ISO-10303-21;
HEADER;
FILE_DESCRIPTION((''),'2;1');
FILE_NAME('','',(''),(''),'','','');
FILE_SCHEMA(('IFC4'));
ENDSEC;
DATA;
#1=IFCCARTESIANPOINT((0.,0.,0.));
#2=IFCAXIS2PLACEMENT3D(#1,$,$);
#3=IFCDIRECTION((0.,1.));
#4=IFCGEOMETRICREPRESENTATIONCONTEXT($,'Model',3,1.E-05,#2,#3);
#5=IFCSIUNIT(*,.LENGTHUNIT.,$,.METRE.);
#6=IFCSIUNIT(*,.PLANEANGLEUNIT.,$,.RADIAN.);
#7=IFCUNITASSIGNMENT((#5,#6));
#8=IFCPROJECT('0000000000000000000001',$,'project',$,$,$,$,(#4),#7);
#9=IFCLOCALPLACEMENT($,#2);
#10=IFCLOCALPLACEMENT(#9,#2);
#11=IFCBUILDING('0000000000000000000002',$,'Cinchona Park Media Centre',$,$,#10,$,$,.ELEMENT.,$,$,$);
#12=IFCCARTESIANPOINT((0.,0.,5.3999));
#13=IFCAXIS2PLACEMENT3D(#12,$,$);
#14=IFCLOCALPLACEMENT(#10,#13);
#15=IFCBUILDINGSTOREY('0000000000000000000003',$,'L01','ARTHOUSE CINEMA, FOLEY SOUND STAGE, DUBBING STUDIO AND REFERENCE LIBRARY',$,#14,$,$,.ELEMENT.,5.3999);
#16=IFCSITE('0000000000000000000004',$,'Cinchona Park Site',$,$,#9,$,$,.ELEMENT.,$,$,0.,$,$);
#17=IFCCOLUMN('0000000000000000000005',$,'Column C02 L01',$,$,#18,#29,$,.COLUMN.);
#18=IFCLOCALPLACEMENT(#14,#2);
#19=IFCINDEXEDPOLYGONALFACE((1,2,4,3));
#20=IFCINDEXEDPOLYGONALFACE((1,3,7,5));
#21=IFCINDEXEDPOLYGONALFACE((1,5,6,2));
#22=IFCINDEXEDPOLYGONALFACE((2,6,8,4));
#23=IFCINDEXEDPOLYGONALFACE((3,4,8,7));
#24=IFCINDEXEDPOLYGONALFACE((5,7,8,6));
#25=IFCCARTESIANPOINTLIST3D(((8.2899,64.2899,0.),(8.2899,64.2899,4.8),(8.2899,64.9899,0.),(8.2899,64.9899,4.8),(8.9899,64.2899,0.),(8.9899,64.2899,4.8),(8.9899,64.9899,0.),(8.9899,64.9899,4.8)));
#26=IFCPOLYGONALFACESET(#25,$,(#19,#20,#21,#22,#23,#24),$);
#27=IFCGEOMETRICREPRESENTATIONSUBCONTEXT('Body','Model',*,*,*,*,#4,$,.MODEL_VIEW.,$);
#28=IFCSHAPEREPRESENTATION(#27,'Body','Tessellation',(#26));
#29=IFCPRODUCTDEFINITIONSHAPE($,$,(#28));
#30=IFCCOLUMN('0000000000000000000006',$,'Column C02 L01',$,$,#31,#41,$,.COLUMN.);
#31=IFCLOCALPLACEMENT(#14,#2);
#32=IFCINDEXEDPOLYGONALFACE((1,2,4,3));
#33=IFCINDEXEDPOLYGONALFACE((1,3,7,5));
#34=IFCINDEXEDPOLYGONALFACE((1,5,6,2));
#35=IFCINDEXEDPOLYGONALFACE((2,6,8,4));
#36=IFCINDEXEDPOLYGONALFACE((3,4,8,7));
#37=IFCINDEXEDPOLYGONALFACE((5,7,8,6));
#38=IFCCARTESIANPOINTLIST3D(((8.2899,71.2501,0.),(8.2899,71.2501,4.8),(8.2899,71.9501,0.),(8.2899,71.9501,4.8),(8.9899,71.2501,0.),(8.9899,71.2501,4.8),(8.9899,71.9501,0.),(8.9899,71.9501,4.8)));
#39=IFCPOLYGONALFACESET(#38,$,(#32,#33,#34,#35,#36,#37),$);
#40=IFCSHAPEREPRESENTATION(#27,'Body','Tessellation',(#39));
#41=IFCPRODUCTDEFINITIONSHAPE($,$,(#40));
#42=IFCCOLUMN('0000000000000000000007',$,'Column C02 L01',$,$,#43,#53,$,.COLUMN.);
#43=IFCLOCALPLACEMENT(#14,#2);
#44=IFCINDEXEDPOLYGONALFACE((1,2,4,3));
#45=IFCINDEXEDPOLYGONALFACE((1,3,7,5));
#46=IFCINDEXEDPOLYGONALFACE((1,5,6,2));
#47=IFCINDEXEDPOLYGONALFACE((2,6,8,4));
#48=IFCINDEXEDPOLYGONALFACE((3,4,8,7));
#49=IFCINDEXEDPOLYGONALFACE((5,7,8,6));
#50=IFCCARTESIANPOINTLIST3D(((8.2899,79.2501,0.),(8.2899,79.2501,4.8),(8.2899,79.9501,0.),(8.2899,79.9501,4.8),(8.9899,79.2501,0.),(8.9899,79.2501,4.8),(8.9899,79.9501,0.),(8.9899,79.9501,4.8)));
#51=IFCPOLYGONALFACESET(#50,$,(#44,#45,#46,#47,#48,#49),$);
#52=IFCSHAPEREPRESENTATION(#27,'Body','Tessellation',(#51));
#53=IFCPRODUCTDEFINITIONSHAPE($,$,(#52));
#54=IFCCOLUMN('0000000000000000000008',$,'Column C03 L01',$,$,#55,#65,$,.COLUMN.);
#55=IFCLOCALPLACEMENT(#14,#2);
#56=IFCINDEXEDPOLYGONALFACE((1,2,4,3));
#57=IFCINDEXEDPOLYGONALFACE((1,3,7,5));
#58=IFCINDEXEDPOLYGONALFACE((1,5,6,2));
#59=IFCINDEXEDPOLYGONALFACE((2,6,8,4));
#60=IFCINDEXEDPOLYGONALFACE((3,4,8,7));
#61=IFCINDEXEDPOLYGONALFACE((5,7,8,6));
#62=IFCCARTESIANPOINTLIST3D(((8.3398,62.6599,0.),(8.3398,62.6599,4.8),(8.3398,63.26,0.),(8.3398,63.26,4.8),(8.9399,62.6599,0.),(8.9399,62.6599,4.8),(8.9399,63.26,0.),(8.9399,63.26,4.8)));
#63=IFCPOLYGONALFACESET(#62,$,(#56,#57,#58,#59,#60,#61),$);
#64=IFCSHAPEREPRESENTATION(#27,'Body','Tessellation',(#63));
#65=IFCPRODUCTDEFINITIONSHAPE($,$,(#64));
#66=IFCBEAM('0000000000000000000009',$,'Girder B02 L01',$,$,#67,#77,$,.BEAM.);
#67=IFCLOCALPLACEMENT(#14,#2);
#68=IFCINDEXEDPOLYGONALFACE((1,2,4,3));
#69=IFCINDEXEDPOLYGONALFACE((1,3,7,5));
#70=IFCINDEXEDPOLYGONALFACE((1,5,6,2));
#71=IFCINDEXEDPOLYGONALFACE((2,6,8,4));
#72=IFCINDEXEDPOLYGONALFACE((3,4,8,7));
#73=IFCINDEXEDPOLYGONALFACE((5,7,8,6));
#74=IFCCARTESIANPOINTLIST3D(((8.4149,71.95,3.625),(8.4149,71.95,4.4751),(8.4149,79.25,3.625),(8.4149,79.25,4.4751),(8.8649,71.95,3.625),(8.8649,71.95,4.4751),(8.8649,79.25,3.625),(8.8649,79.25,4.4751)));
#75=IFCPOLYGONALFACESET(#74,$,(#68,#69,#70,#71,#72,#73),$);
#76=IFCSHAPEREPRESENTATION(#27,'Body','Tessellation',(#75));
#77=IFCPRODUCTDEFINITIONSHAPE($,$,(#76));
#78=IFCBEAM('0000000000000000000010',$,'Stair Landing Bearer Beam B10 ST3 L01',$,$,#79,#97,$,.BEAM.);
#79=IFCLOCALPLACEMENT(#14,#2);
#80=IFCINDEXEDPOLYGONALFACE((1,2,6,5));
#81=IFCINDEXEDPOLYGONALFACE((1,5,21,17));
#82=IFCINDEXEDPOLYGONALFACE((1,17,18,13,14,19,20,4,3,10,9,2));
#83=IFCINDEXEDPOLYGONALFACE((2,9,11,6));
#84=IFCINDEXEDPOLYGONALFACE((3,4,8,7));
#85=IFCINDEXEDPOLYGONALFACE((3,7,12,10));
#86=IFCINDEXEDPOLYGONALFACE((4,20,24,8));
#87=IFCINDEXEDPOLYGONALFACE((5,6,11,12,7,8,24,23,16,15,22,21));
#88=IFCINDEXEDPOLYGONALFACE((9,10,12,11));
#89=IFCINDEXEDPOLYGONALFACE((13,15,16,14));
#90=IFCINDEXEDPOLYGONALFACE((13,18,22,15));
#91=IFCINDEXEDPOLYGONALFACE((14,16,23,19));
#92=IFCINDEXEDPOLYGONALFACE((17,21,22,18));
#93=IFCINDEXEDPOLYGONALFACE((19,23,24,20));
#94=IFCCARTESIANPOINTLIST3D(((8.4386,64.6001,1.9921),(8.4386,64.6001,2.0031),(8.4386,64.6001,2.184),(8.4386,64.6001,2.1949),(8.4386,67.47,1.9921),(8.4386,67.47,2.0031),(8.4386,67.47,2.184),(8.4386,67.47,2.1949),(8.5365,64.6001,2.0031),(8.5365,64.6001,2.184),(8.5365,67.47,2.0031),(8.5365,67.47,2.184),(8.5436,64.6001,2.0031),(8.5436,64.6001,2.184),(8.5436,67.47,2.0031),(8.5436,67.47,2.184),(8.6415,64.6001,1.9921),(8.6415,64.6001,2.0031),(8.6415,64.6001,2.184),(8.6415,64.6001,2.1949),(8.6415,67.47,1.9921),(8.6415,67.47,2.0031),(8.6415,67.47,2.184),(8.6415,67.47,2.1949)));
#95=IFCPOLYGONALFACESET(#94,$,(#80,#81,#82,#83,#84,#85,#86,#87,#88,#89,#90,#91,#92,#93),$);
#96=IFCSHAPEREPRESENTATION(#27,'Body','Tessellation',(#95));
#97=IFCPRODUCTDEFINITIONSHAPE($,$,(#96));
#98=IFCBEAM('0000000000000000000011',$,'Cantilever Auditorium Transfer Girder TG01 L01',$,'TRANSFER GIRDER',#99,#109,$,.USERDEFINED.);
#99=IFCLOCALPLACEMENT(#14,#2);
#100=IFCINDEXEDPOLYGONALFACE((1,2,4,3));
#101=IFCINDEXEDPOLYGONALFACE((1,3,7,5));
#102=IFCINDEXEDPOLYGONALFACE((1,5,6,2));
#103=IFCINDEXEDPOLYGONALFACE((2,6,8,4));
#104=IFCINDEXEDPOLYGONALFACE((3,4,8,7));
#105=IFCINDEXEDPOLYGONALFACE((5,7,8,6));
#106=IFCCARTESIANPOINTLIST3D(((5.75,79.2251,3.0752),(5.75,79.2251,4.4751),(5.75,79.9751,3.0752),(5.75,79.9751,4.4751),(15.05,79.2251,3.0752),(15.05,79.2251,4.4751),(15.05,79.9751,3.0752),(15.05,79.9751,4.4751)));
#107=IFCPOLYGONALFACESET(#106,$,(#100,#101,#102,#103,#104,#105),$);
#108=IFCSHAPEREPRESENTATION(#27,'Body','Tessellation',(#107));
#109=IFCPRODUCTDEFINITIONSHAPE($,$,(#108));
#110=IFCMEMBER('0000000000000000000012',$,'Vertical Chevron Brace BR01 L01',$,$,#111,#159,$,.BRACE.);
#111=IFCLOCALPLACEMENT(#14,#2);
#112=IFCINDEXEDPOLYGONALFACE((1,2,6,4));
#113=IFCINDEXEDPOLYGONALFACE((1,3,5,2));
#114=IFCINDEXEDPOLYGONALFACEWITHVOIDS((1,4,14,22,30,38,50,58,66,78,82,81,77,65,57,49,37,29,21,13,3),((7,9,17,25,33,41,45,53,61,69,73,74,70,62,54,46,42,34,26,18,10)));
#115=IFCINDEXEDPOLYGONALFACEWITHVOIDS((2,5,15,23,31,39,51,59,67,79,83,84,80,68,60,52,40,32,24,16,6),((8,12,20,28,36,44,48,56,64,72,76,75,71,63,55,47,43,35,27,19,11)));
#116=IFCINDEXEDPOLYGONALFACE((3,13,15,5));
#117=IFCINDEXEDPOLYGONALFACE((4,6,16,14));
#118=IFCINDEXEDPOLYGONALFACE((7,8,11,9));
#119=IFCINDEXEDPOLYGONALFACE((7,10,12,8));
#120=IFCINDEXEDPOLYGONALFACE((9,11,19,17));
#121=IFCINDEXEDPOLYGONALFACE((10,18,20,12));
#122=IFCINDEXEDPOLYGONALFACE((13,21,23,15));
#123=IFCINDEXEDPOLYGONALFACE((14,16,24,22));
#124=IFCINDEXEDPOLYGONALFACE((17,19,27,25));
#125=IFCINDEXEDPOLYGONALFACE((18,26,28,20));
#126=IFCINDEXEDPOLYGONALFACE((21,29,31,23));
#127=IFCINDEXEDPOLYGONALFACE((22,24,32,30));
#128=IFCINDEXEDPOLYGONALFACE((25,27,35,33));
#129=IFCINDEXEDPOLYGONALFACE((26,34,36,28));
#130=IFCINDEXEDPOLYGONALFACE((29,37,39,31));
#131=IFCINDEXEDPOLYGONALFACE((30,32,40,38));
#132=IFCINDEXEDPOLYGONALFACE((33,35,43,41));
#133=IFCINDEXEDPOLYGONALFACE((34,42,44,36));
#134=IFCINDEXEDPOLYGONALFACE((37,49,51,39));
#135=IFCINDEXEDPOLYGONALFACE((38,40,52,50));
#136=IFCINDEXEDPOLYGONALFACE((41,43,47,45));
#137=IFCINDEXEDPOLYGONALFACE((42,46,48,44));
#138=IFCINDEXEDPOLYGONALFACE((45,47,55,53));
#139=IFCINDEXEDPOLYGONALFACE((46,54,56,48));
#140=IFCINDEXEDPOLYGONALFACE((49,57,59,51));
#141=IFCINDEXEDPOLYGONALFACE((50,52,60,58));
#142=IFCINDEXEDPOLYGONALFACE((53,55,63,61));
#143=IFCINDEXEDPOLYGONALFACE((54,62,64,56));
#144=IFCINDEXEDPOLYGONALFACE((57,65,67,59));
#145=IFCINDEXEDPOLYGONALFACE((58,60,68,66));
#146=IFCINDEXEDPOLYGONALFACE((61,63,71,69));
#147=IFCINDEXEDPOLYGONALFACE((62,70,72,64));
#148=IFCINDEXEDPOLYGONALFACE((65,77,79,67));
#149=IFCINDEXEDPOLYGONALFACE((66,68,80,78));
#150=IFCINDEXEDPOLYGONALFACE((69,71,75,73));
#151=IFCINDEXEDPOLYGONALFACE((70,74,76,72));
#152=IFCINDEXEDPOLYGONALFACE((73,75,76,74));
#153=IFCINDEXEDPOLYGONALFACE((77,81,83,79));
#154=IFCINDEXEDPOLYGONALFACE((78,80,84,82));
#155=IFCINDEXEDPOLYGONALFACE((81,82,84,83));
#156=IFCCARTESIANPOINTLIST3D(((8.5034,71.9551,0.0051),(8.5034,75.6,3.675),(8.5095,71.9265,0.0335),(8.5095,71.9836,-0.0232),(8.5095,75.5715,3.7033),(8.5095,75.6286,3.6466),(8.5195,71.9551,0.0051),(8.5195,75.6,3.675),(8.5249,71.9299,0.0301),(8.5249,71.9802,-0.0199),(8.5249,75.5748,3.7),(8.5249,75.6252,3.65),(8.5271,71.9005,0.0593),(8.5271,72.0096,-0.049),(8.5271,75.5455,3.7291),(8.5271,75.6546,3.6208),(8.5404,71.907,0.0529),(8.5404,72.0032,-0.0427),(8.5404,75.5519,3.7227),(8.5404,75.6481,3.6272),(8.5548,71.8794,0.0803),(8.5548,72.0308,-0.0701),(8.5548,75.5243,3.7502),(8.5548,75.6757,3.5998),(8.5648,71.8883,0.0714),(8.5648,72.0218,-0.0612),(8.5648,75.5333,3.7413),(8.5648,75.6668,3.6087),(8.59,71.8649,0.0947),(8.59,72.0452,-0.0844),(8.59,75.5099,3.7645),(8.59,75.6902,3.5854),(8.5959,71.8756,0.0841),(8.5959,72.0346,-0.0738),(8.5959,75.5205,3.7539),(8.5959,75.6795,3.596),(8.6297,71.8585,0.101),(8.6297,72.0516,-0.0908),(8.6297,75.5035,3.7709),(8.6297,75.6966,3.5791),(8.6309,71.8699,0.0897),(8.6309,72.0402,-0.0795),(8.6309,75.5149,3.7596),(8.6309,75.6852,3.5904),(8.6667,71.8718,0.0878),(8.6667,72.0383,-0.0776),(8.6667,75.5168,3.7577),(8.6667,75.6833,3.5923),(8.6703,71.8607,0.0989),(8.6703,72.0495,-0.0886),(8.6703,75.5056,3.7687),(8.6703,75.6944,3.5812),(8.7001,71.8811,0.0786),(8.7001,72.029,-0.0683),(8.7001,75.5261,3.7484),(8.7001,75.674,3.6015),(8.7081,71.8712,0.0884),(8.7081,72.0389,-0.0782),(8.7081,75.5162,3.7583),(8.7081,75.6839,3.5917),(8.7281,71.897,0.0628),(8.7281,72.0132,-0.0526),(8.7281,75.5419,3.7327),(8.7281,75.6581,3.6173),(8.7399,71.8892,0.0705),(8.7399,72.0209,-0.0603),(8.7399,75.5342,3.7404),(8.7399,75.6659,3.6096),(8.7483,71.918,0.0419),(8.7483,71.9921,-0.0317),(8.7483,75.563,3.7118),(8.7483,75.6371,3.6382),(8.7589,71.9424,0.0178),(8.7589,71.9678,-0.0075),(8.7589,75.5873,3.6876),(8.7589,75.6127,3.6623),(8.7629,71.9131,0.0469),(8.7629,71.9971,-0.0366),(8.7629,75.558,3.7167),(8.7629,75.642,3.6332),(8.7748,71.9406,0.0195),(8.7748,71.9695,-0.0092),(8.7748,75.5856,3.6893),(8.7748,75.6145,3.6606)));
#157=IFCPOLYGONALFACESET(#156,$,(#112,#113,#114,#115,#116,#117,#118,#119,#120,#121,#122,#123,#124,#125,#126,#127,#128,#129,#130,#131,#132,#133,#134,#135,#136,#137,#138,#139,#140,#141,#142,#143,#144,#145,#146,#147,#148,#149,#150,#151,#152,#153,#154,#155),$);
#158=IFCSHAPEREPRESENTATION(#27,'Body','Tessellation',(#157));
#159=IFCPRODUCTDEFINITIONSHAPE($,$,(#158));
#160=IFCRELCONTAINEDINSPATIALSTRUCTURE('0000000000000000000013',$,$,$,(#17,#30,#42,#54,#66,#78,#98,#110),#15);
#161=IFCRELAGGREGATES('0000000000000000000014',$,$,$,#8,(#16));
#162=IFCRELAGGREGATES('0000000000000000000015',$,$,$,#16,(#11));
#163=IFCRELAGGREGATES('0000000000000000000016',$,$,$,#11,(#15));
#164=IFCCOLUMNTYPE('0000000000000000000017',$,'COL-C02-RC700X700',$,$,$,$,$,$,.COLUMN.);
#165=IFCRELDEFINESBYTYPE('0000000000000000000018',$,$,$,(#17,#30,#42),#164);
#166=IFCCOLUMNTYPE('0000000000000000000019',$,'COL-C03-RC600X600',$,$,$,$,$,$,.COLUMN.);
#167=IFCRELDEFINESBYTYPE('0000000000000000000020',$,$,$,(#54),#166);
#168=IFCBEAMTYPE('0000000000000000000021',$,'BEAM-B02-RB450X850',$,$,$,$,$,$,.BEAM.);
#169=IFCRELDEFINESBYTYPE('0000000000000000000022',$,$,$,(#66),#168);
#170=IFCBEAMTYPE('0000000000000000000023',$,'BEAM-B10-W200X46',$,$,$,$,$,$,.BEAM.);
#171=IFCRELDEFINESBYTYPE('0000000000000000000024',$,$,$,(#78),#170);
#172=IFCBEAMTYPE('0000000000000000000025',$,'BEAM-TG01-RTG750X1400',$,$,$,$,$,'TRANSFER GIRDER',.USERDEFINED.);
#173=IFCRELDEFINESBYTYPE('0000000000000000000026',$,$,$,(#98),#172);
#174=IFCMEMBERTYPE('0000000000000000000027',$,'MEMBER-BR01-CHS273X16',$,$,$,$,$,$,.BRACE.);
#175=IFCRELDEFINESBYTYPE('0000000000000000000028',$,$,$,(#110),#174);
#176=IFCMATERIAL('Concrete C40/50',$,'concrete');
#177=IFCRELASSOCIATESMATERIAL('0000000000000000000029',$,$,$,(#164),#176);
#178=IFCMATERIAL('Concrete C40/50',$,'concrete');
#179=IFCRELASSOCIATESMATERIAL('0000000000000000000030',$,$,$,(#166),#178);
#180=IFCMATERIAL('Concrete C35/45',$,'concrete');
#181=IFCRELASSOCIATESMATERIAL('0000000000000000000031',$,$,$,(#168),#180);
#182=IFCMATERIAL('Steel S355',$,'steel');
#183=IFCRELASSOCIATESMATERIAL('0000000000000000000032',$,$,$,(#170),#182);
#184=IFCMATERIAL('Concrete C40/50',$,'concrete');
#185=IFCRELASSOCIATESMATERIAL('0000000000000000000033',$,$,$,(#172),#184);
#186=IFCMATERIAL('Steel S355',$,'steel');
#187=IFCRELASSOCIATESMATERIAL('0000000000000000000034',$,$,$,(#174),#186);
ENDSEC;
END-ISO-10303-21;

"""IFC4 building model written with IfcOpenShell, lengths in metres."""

from ifc_helpers import new_model, si_unit, direction, frame, origin, origin_2d, place, context, subcontext, project, spatial, rectangle, hollow_circle, i_section, extrude, material, material_profile, profile_set, type_object, element, save


model = new_model("IFC4")

# Units and contexts
model_context = context("Model", 3, precision=1e-05, world=origin(), true_north=direction((0.0, 1.0)))
body_context = subcontext(model_context, "Body", "Model", "MODEL_VIEW")
ifc_project = project(units=[si_unit("LENGTHUNIT", "METRE"), si_unit("PLANEANGLEUNIT", "RADIAN")], contexts=[model_context])

# Site, building, storey
site_placement = place(None, origin())
site = spatial("IfcSite", under=ifc_project, at=site_placement, Name="Cinchona Park Site", CompositionType="ELEMENT", RefElevation=0.0)
building_placement = place(site_placement, origin())
building = spatial("IfcBuilding", under=site, at=building_placement, Name="Cinchona Park Media Centre", CompositionType="ELEMENT")
storey_placement = place(building_placement, frame((0.0, 0.0, 5.3999)))
storey = spatial("IfcBuildingStorey", under=building, at=storey_placement, Name="L01", Description="ARTHOUSE CINEMA, FOLEY SOUND STAGE, DUBBING STUDIO AND REFERENCE LIBRARY", CompositionType="ELEMENT", Elevation=5.3999)

# Columns
ifc_material_1 = material(Name="Concrete C40/50", Category="concrete")
ifc_material_profile_1 = material_profile(ifc_material_1, rectangle(XDim=0.7, YDim=0.7, at=origin_2d()), Name="RC 700X700")
ifc_profile_set_1 = profile_set([ifc_material_profile_1], Name="Concrete C40/50")
column_type_1 = type_object("IfcColumnType", Name="COL-C02-RC700X700", PredefinedType="COLUMN", material=ifc_profile_set_1)
for number, where, z_axis, x_axis, name in (
    (1, (8.6399, 64.6399, 0.0), (0.0, 0.0, 1.0), (1.0, 0.0, 0.0), "Column C02 L01"),
    (2, (8.6399, 71.6001, 0.0), (0.0, 0.0, 1.0), (1.0, 0.0, 0.0), "Column C02 L01"),
    (3, (8.6399, 79.6001, 0.0), (0.0, 0.0, 1.0), (1.0, 0.0, 0.0), "Column C02 L01"),
):
    element("IfcColumn", number, at=place(storey_placement, frame(where, z_axis=z_axis, x_axis=x_axis)), inside=storey, type_object=column_type_1, Name=name, PredefinedType="COLUMN", context=body_context, shape_type="SweptSolid", body=[
        extrude(rectangle(XDim=0.7, YDim=0.7, at=origin_2d()), origin(), (0.0, 0.0, 1.0), 4.8),
    ])
ifc_material_2 = material(Name="Concrete C40/50", Category="concrete")
ifc_material_profile_2 = material_profile(ifc_material_2, rectangle(XDim=0.6001, YDim=0.6001, at=origin_2d()), Name="RC 600X600")
ifc_profile_set_2 = profile_set([ifc_material_profile_2], Name="Concrete C40/50")
column_type_2 = type_object("IfcColumnType", Name="COL-C03-RC600X600", PredefinedType="COLUMN", material=ifc_profile_set_2)
column_placement = place(storey_placement, frame((8.6399, 62.96, 0.0), z_axis=(0.0, 0.0, 1.0), x_axis=(1.0, 0.0, 0.0)))
element("IfcColumn", 4, at=column_placement, inside=storey, type_object=column_type_2, Name="Column C03 L01", PredefinedType="COLUMN", context=body_context, shape_type="SweptSolid", body=[
    extrude(rectangle(XDim=0.6001, YDim=0.6001, at=origin_2d()), origin(), (0.0, 0.0, 1.0), 4.8),
])

# Beams
ifc_material_3 = material(Name="Concrete C35/45", Category="concrete")
ifc_material_profile_3 = material_profile(ifc_material_3, rectangle(XDim=0.45, YDim=0.8501, at=origin_2d()), Name="RB 450X850")
ifc_profile_set_3 = profile_set([ifc_material_profile_3], Name="Concrete C35/45")
beam_type_1 = type_object("IfcBeamType", Name="BEAM-B02-RB450X850", PredefinedType="BEAM", material=ifc_profile_set_3)
beam_1_placement = place(storey_placement, frame((8.6399, 71.95, 4.05), z_axis=(0.0, 1.0, 0.0), x_axis=(-1.0, 0.0, 0.0)))
element("IfcBeam", 5, at=beam_1_placement, inside=storey, type_object=beam_type_1, Name="Girder B02 L01", PredefinedType="BEAM", context=body_context, shape_type="SweptSolid", body=[
    extrude(rectangle(XDim=0.45, YDim=0.8501, at=origin_2d()), origin(), (0.0, 0.0, 1.0), 7.3),
])
ifc_material_4 = material(Name="Steel S355", Category="steel")
ifc_material_profile_4 = material_profile(ifc_material_4, i_section(OverallWidth=0.2029, OverallDepth=0.2029, WebThickness=0.0071, FlangeThickness=0.011, at=origin_2d()), Name="W200X46")
ifc_profile_set_4 = profile_set([ifc_material_profile_4], Name="Steel S355")
beam_type_2 = type_object("IfcBeamType", Name="BEAM-B10-W200X46", PredefinedType="BEAM", material=ifc_profile_set_4)
beam_2_placement = place(storey_placement, frame((8.54, 67.47, 2.0935), z_axis=(0.0, -1.0, 0.0), x_axis=(1.0, 0.0, 0.0)))
element("IfcBeam", 6, at=beam_2_placement, inside=storey, type_object=beam_type_2, Name="Stair Landing Bearer Beam B10 ST3 L01", PredefinedType="BEAM", context=body_context, shape_type="SweptSolid", body=[
    extrude(i_section(OverallWidth=0.2029, OverallDepth=0.2029, WebThickness=0.0071, FlangeThickness=0.011, at=origin_2d()), origin(), (0.0, 0.0, 1.0), 2.8699),
])
ifc_material_5 = material(Name="Concrete C40/50", Category="concrete")
ifc_material_profile_5 = material_profile(ifc_material_5, rectangle(XDim=0.75, YDim=1.3999, at=origin_2d()), Name="RTG 750X1400")
ifc_profile_set_5 = profile_set([ifc_material_profile_5], Name="Concrete C40/50")
beam_type_3 = type_object("IfcBeamType", Name="BEAM-TG01-RTG750X1400", ElementType="TRANSFER GIRDER", PredefinedType="USERDEFINED", material=ifc_profile_set_5)
beam_3_placement = place(storey_placement, frame((5.75, 79.6001, 3.7751), z_axis=(1.0, 0.0, 0.0), x_axis=(0.0, 1.0, 0.0)))
element("IfcBeam", 7, at=beam_3_placement, inside=storey, type_object=beam_type_3, Name="Cantilever Auditorium Transfer Girder TG01 L01", ObjectType="TRANSFER GIRDER", PredefinedType="USERDEFINED", context=body_context, shape_type="SweptSolid", body=[
    extrude(rectangle(XDim=0.75, YDim=1.3999, at=origin_2d()), origin(), (0.0, 0.0, 1.0), 9.3),
])

# Member
ifc_material_6 = material(Name="Steel S355", Category="steel")
ifc_material_profile_6 = material_profile(ifc_material_6, hollow_circle(Radius=0.1365, WallThickness=0.0161, at=origin_2d()), Name="273X16CHS")
ifc_profile_set_6 = profile_set([ifc_material_profile_6], Name="Steel S355")
member_type_1 = type_object("IfcMemberType", Name="MEMBER-BR01-CHS273X16", PredefinedType="BRACE", material=ifc_profile_set_6)
for number, where, z_axis, x_axis, name in (
    (8, (8.6399, 71.9551, 0.0051), (0.0, 0.704695, 0.70951), (-1.0, 0.0, 0.0), "Vertical Chevron Brace BR01 L01"),
):
    element("IfcMember", number, at=place(storey_placement, frame(where, z_axis=z_axis, x_axis=x_axis)), inside=storey, type_object=member_type_1, Name=name, PredefinedType="BRACE", context=body_context, shape_type="SweptSolid", body=[
        extrude(hollow_circle(Radius=0.1365, WallThickness=0.0161, at=origin_2d()), origin(), (0.0, 0.0, 1.0), 5.1724),
    ])

save(model, "model.ifc")
